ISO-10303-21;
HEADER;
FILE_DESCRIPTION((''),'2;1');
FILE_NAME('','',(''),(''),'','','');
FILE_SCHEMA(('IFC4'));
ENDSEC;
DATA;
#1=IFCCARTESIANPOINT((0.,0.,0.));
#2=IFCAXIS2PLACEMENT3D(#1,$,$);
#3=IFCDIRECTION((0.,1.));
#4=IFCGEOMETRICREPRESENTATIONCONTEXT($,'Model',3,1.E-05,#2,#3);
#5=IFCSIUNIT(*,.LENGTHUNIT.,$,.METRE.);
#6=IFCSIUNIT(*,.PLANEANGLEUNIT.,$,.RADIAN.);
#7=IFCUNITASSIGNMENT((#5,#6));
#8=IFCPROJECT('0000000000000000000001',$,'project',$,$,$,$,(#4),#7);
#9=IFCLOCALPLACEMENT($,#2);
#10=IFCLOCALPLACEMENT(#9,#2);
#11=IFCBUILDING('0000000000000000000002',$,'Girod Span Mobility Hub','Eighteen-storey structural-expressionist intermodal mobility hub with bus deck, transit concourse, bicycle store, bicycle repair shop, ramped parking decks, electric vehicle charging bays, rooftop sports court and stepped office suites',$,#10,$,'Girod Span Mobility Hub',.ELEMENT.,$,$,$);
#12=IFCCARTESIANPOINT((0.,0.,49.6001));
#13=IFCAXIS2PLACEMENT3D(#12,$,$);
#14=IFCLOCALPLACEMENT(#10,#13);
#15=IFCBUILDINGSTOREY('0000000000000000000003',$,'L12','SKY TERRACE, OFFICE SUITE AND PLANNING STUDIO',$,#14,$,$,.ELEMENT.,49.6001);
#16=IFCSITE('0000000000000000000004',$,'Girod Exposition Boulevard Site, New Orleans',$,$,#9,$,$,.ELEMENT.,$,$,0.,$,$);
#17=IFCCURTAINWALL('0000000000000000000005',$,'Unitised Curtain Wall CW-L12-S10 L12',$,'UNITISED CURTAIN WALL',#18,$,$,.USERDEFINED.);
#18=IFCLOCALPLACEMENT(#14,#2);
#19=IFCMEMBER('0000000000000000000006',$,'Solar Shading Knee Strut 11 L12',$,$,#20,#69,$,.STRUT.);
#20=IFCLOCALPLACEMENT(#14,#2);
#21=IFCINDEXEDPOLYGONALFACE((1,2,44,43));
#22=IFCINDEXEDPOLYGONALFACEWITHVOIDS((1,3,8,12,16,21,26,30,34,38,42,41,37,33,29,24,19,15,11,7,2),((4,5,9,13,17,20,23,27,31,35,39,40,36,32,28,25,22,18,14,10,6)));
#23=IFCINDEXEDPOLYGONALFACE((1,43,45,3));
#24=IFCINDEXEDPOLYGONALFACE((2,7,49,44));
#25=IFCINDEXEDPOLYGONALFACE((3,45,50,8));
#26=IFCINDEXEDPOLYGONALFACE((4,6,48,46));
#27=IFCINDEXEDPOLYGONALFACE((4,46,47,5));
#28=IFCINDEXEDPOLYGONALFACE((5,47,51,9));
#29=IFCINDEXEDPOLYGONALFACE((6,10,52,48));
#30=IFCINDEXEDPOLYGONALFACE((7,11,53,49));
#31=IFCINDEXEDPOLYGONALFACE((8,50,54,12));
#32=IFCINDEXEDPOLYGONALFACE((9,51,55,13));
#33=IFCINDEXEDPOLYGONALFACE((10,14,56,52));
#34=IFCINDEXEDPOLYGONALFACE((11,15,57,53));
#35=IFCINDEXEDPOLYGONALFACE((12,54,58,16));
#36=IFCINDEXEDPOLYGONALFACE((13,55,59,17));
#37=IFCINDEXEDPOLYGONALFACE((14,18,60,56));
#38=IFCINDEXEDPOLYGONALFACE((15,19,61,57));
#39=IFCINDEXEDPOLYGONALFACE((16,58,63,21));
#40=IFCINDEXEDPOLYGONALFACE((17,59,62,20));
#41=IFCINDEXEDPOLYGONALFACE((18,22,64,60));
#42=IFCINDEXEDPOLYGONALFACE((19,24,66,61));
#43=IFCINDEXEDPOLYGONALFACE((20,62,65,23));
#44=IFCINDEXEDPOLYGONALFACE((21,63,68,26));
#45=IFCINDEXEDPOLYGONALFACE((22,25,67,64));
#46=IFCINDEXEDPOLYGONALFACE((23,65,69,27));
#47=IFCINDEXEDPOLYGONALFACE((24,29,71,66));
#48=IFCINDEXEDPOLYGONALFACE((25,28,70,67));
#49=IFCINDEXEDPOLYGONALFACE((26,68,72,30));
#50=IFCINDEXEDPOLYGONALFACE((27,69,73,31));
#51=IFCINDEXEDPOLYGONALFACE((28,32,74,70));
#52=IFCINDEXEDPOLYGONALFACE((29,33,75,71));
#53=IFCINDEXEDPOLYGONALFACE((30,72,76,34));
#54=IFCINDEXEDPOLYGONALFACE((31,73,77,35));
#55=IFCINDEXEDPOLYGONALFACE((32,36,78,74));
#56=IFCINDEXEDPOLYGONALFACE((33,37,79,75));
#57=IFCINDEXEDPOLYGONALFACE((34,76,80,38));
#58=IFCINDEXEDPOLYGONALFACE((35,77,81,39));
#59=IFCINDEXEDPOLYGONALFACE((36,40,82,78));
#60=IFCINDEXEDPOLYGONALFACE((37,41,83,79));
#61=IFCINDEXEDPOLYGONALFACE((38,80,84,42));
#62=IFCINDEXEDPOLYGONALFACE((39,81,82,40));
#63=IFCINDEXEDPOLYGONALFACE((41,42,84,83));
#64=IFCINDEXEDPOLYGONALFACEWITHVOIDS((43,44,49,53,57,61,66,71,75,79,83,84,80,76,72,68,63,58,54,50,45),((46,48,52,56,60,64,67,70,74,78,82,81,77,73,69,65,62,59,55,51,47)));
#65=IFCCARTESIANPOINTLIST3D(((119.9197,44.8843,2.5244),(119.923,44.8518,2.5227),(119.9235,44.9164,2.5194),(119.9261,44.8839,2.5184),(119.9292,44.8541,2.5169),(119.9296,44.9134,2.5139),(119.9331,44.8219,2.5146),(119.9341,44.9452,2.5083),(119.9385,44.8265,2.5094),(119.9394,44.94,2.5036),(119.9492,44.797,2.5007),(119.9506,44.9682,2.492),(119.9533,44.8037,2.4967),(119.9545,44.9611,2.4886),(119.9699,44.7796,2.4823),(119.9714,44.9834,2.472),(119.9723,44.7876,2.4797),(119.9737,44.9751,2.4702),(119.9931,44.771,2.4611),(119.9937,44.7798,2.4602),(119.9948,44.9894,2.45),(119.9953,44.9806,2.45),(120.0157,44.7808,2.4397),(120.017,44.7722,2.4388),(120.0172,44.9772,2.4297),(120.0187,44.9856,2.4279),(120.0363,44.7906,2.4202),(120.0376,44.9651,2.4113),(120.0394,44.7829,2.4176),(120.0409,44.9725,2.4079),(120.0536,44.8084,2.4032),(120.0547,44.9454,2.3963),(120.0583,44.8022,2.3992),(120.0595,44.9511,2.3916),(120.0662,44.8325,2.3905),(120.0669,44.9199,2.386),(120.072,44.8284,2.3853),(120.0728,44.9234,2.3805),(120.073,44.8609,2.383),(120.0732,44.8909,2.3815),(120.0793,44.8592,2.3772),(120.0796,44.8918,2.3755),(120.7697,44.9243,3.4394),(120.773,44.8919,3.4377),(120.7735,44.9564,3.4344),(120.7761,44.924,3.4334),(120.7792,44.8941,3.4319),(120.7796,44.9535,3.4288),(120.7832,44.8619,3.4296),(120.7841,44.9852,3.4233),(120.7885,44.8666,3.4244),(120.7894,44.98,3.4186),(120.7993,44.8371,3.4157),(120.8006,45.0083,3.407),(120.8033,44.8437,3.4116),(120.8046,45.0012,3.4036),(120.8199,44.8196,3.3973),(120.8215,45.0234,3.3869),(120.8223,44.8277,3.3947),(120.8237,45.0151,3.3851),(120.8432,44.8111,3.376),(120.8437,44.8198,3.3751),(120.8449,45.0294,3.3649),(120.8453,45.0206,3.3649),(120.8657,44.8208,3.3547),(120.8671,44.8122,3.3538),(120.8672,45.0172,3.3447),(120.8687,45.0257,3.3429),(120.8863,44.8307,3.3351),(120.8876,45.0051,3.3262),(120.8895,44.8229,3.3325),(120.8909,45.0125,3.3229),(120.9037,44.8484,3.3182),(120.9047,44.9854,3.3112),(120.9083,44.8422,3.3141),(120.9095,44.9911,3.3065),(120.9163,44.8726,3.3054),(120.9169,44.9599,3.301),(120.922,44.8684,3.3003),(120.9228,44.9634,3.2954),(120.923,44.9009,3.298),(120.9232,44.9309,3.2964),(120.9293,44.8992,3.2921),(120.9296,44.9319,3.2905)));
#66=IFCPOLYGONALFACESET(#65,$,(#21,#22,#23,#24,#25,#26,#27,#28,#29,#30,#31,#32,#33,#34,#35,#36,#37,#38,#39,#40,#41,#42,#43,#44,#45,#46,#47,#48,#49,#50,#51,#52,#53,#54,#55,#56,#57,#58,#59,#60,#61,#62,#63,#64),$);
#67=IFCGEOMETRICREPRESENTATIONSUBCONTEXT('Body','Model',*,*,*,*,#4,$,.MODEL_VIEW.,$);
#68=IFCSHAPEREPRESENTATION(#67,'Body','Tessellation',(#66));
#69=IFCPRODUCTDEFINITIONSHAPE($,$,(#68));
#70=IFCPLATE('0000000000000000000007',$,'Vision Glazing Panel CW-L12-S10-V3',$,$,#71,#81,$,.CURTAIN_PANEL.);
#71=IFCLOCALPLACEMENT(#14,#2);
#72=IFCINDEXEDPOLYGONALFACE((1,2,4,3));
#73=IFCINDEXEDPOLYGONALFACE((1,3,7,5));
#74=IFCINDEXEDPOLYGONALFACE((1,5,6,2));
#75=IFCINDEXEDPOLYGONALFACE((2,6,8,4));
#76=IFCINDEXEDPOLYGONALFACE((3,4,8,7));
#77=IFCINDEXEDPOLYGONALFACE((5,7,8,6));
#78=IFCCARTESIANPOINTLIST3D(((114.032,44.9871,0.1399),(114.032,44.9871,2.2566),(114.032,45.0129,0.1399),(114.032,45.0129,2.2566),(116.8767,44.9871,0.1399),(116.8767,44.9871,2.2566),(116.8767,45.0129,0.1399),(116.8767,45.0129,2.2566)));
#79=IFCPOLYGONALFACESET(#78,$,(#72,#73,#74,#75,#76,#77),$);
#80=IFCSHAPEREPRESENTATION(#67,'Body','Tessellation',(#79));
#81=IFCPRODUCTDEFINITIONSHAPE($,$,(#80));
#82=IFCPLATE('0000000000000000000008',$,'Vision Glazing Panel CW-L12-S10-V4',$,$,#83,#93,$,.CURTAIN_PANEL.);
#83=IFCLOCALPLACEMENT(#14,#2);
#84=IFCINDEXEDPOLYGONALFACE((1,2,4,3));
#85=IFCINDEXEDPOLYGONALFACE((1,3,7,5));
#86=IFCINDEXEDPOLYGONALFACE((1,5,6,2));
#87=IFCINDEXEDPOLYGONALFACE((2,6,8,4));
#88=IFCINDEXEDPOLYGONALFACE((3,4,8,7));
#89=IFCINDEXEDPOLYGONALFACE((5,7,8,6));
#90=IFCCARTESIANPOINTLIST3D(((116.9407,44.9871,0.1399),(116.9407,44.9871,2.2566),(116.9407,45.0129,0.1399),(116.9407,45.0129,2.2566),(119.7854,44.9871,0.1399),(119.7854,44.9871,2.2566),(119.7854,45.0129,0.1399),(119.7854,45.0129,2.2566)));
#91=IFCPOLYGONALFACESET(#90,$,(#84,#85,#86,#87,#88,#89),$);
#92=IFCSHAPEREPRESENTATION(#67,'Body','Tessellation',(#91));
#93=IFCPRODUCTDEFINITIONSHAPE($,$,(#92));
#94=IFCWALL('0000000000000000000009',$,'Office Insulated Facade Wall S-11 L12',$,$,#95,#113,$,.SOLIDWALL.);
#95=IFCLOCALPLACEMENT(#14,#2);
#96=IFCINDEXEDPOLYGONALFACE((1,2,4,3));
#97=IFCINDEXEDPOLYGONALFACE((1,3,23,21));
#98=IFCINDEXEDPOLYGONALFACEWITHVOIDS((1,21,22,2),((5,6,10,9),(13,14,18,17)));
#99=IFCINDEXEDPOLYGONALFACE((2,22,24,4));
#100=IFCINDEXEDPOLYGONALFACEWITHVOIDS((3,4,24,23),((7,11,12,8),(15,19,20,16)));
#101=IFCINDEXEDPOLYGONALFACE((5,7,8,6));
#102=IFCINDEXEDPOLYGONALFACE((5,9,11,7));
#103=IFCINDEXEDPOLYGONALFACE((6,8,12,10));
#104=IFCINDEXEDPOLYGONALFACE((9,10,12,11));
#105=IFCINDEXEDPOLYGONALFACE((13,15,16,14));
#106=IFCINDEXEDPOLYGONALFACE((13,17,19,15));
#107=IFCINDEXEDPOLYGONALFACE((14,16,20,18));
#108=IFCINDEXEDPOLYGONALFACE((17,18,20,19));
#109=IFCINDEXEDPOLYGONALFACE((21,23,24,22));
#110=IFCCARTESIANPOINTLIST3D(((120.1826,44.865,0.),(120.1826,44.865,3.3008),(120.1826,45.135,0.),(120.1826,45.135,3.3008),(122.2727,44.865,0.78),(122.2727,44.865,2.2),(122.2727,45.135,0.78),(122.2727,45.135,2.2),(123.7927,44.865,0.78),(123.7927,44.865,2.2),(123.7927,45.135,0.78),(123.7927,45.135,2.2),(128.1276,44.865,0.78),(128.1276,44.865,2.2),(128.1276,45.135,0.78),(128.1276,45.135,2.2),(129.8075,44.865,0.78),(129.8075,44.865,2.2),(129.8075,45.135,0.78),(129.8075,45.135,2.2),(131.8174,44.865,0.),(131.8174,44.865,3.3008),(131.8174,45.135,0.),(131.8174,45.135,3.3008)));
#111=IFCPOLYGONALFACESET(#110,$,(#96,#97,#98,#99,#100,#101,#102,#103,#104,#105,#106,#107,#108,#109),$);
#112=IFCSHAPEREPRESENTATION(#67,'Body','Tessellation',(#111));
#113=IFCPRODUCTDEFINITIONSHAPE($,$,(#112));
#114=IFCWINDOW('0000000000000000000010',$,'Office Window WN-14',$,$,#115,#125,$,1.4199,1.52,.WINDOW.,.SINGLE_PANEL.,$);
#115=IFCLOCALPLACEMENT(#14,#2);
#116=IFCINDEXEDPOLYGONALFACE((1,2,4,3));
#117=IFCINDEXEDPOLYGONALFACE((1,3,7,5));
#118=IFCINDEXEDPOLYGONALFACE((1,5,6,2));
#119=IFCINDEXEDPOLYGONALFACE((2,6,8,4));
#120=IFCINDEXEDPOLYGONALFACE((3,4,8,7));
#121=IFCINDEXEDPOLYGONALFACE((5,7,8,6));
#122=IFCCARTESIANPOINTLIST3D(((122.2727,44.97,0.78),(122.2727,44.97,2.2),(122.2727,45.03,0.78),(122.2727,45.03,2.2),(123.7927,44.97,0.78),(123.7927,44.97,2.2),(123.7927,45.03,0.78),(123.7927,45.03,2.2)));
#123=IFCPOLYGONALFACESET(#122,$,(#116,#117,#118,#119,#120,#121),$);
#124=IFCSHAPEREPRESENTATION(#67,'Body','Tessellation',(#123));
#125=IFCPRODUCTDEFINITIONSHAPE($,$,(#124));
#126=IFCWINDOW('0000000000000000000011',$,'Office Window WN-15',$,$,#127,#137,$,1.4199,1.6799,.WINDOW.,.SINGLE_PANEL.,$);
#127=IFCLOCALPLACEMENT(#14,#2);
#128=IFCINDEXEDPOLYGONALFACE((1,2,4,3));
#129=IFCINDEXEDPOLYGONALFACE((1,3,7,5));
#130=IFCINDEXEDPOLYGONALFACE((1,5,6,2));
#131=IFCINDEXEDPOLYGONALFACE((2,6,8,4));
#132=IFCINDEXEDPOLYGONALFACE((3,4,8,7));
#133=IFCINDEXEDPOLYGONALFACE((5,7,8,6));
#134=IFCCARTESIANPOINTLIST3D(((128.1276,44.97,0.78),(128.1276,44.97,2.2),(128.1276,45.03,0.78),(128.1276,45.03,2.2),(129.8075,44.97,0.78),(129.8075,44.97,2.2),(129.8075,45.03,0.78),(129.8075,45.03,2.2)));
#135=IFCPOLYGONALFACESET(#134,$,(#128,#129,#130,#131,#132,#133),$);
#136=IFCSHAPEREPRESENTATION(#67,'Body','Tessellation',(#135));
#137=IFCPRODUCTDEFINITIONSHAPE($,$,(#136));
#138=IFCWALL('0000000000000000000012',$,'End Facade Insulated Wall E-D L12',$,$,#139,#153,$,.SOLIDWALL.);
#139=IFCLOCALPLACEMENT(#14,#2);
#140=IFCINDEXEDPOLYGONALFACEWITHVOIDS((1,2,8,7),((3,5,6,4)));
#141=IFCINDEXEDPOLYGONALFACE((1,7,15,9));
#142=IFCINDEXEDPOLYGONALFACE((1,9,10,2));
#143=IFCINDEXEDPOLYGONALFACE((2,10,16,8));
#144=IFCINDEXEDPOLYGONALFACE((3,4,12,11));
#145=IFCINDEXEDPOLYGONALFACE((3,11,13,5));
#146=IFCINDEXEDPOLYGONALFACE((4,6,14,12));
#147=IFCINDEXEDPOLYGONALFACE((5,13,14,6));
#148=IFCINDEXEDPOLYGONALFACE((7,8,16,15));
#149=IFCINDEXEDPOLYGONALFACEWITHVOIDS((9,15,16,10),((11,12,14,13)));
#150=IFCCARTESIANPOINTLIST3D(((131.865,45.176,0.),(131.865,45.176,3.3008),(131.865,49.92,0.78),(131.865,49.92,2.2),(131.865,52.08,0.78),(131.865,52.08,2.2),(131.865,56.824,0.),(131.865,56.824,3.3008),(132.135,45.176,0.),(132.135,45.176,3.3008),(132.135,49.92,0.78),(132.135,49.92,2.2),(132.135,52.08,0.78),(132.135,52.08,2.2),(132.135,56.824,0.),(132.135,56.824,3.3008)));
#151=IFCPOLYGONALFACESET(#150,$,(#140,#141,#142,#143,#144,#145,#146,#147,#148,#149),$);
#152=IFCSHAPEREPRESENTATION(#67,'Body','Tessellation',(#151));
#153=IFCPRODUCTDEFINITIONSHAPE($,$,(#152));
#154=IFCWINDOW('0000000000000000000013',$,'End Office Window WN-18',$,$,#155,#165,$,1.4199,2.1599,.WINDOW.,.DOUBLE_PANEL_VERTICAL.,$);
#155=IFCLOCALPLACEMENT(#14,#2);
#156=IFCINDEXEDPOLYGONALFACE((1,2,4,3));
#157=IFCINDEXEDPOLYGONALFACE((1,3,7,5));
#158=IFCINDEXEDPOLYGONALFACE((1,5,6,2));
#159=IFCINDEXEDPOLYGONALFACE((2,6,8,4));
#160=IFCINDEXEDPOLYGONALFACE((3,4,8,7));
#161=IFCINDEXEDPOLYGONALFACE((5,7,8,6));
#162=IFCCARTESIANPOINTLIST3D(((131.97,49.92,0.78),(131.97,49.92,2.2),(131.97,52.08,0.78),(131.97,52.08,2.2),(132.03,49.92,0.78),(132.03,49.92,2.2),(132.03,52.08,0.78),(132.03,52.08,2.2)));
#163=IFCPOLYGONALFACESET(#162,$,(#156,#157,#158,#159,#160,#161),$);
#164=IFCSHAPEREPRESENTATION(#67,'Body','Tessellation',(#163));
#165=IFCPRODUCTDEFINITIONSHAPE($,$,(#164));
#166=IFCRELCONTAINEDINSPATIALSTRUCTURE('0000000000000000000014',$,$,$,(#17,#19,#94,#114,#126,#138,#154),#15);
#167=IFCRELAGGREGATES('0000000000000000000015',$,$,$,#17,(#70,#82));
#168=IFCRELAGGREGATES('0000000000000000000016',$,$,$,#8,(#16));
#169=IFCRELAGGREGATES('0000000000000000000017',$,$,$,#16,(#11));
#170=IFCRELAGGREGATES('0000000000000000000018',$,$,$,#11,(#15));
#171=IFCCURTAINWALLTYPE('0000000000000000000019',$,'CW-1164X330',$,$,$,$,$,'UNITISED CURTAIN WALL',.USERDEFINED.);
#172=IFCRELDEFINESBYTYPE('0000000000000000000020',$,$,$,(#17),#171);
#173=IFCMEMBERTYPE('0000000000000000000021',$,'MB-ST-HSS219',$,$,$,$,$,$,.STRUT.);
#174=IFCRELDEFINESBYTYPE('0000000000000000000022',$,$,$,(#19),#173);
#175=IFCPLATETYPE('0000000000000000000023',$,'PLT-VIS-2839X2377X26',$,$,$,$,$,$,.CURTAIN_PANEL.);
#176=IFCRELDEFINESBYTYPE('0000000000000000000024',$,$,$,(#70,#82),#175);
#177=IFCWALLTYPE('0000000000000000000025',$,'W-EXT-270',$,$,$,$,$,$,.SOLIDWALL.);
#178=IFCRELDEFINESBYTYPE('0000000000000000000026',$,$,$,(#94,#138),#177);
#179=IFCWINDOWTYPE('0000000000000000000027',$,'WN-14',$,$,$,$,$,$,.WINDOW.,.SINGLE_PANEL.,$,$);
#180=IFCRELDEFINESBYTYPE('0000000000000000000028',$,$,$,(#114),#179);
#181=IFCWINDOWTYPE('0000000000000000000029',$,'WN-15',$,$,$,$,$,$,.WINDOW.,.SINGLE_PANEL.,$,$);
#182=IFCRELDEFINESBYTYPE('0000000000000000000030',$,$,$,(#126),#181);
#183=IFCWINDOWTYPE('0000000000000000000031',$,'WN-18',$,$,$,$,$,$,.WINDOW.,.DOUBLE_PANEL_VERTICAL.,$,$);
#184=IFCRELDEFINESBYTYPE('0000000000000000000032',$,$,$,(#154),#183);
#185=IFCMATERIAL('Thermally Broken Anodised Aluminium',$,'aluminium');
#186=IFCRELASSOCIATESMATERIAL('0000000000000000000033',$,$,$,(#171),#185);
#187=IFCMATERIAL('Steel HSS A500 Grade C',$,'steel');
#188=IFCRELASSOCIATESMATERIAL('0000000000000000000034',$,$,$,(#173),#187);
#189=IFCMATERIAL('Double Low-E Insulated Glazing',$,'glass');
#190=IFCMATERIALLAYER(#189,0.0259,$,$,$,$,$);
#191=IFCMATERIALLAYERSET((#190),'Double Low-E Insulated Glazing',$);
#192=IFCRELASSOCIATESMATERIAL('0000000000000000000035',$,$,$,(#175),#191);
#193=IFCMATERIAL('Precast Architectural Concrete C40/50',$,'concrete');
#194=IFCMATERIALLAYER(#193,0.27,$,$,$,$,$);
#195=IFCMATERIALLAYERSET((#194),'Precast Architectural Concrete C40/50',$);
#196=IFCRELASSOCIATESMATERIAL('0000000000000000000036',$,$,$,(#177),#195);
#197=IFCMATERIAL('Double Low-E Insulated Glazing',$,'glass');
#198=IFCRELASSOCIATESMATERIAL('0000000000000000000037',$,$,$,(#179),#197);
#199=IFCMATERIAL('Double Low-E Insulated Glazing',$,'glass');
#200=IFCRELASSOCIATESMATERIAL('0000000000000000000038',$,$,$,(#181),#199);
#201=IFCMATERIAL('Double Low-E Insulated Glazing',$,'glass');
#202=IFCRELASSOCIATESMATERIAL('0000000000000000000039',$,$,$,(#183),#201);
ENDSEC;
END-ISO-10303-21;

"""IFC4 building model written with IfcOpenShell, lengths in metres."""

from ifc_helpers import new_model, si_unit, direction, frame, frame_2d, origin, origin_2d, place, context, subcontext, project, spatial, rectangle, hollow_circle, extrude, material, layer, layer_set, material_profile, profile_set, type_object, element, fill, aggregate, save


model = new_model("IFC4")

# Units and contexts
model_context = context("Model", 3, precision=1e-05, world=origin(), true_north=direction((0.0, 1.0)))
body_context = subcontext(model_context, "Body", "Model", "MODEL_VIEW")
ifc_project = project(units=[si_unit("LENGTHUNIT", "METRE"), si_unit("PLANEANGLEUNIT", "RADIAN")], contexts=[model_context])

# Site, building, storey
site_placement = place(None, origin())
site = spatial("IfcSite", under=ifc_project, at=site_placement, Name="Girod Exposition Boulevard Site, New Orleans", CompositionType="ELEMENT", RefElevation=0.0)
building_placement = place(site_placement, origin())
building = spatial("IfcBuilding", under=site, at=building_placement, Name="Girod Span Mobility Hub", Description="Eighteen-storey structural-expressionist intermodal mobility hub with bus deck, transit concourse, bicycle store, bicycle repair shop, ramped parking decks, electric vehicle charging bays, rooftop sports court and stepped office suites", LongName="Girod Span Mobility Hub", CompositionType="ELEMENT")
storey_placement = place(building_placement, frame((0.0, 0.0, 49.6001)))
storey = spatial("IfcBuildingStorey", under=building, at=storey_placement, Name="L12", Description="SKY TERRACE, OFFICE SUITE AND PLANNING STUDIO", CompositionType="ELEMENT", Elevation=49.6001)

# Curtain wall
ifc_material_1 = material(Name="Thermally Broken Anodised Aluminium", Category="aluminium")
curtain_wall_type = type_object("IfcCurtainWallType", Name="CW-1164X330", ElementType="UNITISED CURTAIN WALL", PredefinedType="USERDEFINED", material=ifc_material_1)
curtain_wall_placement = place(storey_placement, origin())
curtain_wall = element("IfcCurtainWall", 1, at=curtain_wall_placement, inside=storey, type_object=curtain_wall_type, Name="Unitised Curtain Wall CW-L12-S10 L12", ObjectType="UNITISED CURTAIN WALL", PredefinedType="USERDEFINED")

# Member
ifc_material_2 = material(Name="Steel HSS A500 Grade C", Category="steel")
ifc_material_profile_1 = material_profile(ifc_material_2, hollow_circle(Radius=0.1096, WallThickness=0.0088, at=origin_2d()), Name="HSS219X9.5")
ifc_profile_set_1 = profile_set([ifc_material_profile_1], Name="Steel HSS A500 Grade C")
member_type_1 = type_object("IfcMemberType", Name="MB-ST-HSS219", PredefinedType="STRUT", material=ifc_profile_set_1)
member_1_placement = place(storey_placement, frame((120.0, 44.8799, 2.45), z_axis=(0.680282, 0.032041, 0.73225), x_axis=(-0.047047, 0.998893, 0.0)))
element("IfcMember", 2, at=member_1_placement, inside=storey, type_object=member_type_1, Name="Solar Shading Knee Strut 11 L12", PredefinedType="STRUT", context=body_context, shape_type="SweptSolid", body=[
    extrude(hollow_circle(Radius=0.1096, WallThickness=0.0088, at=origin_2d()), origin(), (0.0, 0.0, 1.0), 1.2495),
])

# Plates
ifc_material_3 = material(Name="Double Low-E Insulated Glazing", Category="glass")
ifc_layer_1 = layer(ifc_material_3, 0.0259)
ifc_layer_set_1 = layer_set([ifc_layer_1], Name="Double Low-E Insulated Glazing")
plate_type = type_object("IfcPlateType", Name="PLT-VIS-2839X2377X26", PredefinedType="CURTAIN_PANEL", material=ifc_layer_set_1)
plate_1_placement = place(storey_placement, frame((115.4543, 45.0, 0.1399), z_axis=(0.0, 0.0, 1.0), x_axis=(1.0, 0.0, 0.0)))
plate_1 = element("IfcPlate", 3, at=plate_1_placement, type_object=plate_type, Name="Vision Glazing Panel CW-L12-S10-V3", PredefinedType="CURTAIN_PANEL", context=body_context, shape_type="SweptSolid", body=[
    extrude(rectangle(XDim=2.8447, YDim=0.0259, at=origin_2d()), origin(), (0.0, 0.0, 1.0), 2.1167),
])
plate_2_placement = place(storey_placement, frame((118.363, 45.0, 0.1399), z_axis=(0.0, 0.0, 1.0), x_axis=(1.0, 0.0, 0.0)))
plate_2 = element("IfcPlate", 4, at=plate_2_placement, type_object=plate_type, Name="Vision Glazing Panel CW-L12-S10-V4", PredefinedType="CURTAIN_PANEL", context=body_context, shape_type="SweptSolid", body=[
    extrude(rectangle(XDim=2.8447, YDim=0.0259, at=origin_2d()), origin(), (0.0, 0.0, 1.0), 2.1167),
])
aggregate(curtain_wall, [plate_1, plate_2])

# Wall, openings, windows
ifc_material_4 = material(Name="Precast Architectural Concrete C40/50", Category="concrete")
ifc_layer_2 = layer(ifc_material_4, 0.27)
ifc_layer_set_2 = layer_set([ifc_layer_2], Name="Precast Architectural Concrete C40/50")
wall_type = type_object("IfcWallType", Name="W-EXT-270", PredefinedType="SOLIDWALL", material=ifc_layer_set_2)
wall_1_placement = place(storey_placement, frame((120.1826, 45.0, 0.0), z_axis=(0.0, 0.0, 1.0), x_axis=(1.0, 0.0, 0.0)))
wall_1 = element("IfcWall", 5, at=wall_1_placement, inside=storey, type_object=wall_type, Name="Office Insulated Facade Wall S-11 L12", PredefinedType="SOLIDWALL", context=body_context, shape_type="SweptSolid", body=[
    extrude(rectangle(XDim=11.6348, YDim=0.27, at=frame_2d((5.8174, 0.0))), origin(), (0.0, 0.0, 1.0), 3.3008),
])
opening_1_placement = place(wall_1_placement, frame((2.0901, 0.0, 0.78)))
opening_1 = element("IfcOpeningElement", 6, at=opening_1_placement, cuts=wall_1, PredefinedType="OPENING", context=body_context, shape_type="SweptSolid", body=[
    extrude(rectangle(XDim=1.52, YDim=1.4199, at=frame_2d((0.76, 0.71))), frame((0.0, 0.1499, 0.0), z_axis=(0.0, -1.0, 0.0), x_axis=(1.0, 0.0, 0.0)), (0.0, 0.0, 1.0), 0.3),
])
opening_2_placement = place(wall_1_placement, frame((7.9451, 0.0, 0.78)))
opening_2 = element("IfcOpeningElement", 7, at=opening_2_placement, cuts=wall_1, PredefinedType="OPENING", context=body_context, shape_type="SweptSolid", body=[
    extrude(rectangle(XDim=1.6799, YDim=1.4199, at=frame_2d((0.8398, 0.71))), frame((0.0, 0.1499, 0.0), z_axis=(0.0, -1.0, 0.0), x_axis=(1.0, 0.0, 0.0)), (0.0, 0.0, 1.0), 0.3),
])
ifc_material_5 = material(Name="Double Low-E Insulated Glazing", Category="glass")
window_type_1 = type_object("IfcWindowType", Name="WN-14", PartitioningType="SINGLE_PANEL", PredefinedType="WINDOW", material=ifc_material_5)
window_1_placement = place(opening_1_placement, origin())
window_1 = element("IfcWindow", 8, at=window_1_placement, inside=storey, type_object=window_type_1, Name="Office Window WN-14", OverallHeight=1.4199, OverallWidth=1.52, PartitioningType="SINGLE_PANEL", PredefinedType="WINDOW", context=body_context, shape_type="SweptSolid", body=[
    extrude(rectangle(XDim=1.52, YDim=1.4199, at=frame_2d((0.76, 0.71))), frame((0.0, 0.03, 0.0), z_axis=(0.0, -1.0, 0.0), x_axis=(1.0, 0.0, 0.0)), (0.0, 0.0, 1.0), 0.0601),
])
fill(opening_1, window_1)
ifc_material_6 = material(Name="Double Low-E Insulated Glazing", Category="glass")
window_type_2 = type_object("IfcWindowType", Name="WN-15", PartitioningType="SINGLE_PANEL", PredefinedType="WINDOW", material=ifc_material_6)
window_2_placement = place(opening_2_placement, origin())
window_2 = element("IfcWindow", 9, at=window_2_placement, inside=storey, type_object=window_type_2, Name="Office Window WN-15", OverallHeight=1.4199, OverallWidth=1.6799, PartitioningType="SINGLE_PANEL", PredefinedType="WINDOW", context=body_context, shape_type="SweptSolid", body=[
    extrude(rectangle(XDim=1.6799, YDim=1.4199, at=frame_2d((0.8398, 0.71))), frame((0.0, 0.03, 0.0), z_axis=(0.0, -1.0, 0.0), x_axis=(1.0, 0.0, 0.0)), (0.0, 0.0, 1.0), 0.0601),
])
fill(opening_2, window_2)

# Wall, opening, window
wall_2_placement = place(storey_placement, frame((132.0, 45.176, 0.0), z_axis=(0.0, 0.0, 1.0), x_axis=(0.0, 1.0, 0.0)))
wall_2 = element("IfcWall", 10, at=wall_2_placement, inside=storey, type_object=wall_type, Name="End Facade Insulated Wall E-D L12", PredefinedType="SOLIDWALL", context=body_context, shape_type="SweptSolid", body=[
    extrude(rectangle(XDim=11.6479, YDim=0.27, at=frame_2d((5.824, 0.0))), origin(), (0.0, 0.0, 1.0), 3.3008),
])
opening_3_placement = place(wall_2_placement, frame((4.7439, 0.0, 0.78)))
opening_3 = element("IfcOpeningElement", 11, at=opening_3_placement, cuts=wall_2, PredefinedType="OPENING", context=body_context, shape_type="SweptSolid", body=[
    extrude(rectangle(XDim=2.1599, YDim=1.4199, at=frame_2d((1.0801, 0.71))), frame((0.0, 0.1499, 0.0), z_axis=(0.0, -1.0, 0.0), x_axis=(1.0, 0.0, 0.0)), (0.0, 0.0, 1.0), 0.3),
])
ifc_material_7 = material(Name="Double Low-E Insulated Glazing", Category="glass")
window_type_3 = type_object("IfcWindowType", Name="WN-18", PartitioningType="DOUBLE_PANEL_VERTICAL", PredefinedType="WINDOW", material=ifc_material_7)
window_3_placement = place(opening_3_placement, origin())
window_3 = element("IfcWindow", 12, at=window_3_placement, inside=storey, type_object=window_type_3, Name="End Office Window WN-18", OverallHeight=1.4199, OverallWidth=2.1599, PartitioningType="DOUBLE_PANEL_VERTICAL", PredefinedType="WINDOW", context=body_context, shape_type="SweptSolid", body=[
    extrude(rectangle(XDim=2.1599, YDim=1.4199, at=frame_2d((1.0801, 0.71))), frame((0.0, 0.03, 0.0), z_axis=(0.0, -1.0, 0.0), x_axis=(1.0, 0.0, 0.0)), (0.0, 0.0, 1.0), 0.0601),
])
fill(opening_3, window_3)

save(model, "model.ifc")
